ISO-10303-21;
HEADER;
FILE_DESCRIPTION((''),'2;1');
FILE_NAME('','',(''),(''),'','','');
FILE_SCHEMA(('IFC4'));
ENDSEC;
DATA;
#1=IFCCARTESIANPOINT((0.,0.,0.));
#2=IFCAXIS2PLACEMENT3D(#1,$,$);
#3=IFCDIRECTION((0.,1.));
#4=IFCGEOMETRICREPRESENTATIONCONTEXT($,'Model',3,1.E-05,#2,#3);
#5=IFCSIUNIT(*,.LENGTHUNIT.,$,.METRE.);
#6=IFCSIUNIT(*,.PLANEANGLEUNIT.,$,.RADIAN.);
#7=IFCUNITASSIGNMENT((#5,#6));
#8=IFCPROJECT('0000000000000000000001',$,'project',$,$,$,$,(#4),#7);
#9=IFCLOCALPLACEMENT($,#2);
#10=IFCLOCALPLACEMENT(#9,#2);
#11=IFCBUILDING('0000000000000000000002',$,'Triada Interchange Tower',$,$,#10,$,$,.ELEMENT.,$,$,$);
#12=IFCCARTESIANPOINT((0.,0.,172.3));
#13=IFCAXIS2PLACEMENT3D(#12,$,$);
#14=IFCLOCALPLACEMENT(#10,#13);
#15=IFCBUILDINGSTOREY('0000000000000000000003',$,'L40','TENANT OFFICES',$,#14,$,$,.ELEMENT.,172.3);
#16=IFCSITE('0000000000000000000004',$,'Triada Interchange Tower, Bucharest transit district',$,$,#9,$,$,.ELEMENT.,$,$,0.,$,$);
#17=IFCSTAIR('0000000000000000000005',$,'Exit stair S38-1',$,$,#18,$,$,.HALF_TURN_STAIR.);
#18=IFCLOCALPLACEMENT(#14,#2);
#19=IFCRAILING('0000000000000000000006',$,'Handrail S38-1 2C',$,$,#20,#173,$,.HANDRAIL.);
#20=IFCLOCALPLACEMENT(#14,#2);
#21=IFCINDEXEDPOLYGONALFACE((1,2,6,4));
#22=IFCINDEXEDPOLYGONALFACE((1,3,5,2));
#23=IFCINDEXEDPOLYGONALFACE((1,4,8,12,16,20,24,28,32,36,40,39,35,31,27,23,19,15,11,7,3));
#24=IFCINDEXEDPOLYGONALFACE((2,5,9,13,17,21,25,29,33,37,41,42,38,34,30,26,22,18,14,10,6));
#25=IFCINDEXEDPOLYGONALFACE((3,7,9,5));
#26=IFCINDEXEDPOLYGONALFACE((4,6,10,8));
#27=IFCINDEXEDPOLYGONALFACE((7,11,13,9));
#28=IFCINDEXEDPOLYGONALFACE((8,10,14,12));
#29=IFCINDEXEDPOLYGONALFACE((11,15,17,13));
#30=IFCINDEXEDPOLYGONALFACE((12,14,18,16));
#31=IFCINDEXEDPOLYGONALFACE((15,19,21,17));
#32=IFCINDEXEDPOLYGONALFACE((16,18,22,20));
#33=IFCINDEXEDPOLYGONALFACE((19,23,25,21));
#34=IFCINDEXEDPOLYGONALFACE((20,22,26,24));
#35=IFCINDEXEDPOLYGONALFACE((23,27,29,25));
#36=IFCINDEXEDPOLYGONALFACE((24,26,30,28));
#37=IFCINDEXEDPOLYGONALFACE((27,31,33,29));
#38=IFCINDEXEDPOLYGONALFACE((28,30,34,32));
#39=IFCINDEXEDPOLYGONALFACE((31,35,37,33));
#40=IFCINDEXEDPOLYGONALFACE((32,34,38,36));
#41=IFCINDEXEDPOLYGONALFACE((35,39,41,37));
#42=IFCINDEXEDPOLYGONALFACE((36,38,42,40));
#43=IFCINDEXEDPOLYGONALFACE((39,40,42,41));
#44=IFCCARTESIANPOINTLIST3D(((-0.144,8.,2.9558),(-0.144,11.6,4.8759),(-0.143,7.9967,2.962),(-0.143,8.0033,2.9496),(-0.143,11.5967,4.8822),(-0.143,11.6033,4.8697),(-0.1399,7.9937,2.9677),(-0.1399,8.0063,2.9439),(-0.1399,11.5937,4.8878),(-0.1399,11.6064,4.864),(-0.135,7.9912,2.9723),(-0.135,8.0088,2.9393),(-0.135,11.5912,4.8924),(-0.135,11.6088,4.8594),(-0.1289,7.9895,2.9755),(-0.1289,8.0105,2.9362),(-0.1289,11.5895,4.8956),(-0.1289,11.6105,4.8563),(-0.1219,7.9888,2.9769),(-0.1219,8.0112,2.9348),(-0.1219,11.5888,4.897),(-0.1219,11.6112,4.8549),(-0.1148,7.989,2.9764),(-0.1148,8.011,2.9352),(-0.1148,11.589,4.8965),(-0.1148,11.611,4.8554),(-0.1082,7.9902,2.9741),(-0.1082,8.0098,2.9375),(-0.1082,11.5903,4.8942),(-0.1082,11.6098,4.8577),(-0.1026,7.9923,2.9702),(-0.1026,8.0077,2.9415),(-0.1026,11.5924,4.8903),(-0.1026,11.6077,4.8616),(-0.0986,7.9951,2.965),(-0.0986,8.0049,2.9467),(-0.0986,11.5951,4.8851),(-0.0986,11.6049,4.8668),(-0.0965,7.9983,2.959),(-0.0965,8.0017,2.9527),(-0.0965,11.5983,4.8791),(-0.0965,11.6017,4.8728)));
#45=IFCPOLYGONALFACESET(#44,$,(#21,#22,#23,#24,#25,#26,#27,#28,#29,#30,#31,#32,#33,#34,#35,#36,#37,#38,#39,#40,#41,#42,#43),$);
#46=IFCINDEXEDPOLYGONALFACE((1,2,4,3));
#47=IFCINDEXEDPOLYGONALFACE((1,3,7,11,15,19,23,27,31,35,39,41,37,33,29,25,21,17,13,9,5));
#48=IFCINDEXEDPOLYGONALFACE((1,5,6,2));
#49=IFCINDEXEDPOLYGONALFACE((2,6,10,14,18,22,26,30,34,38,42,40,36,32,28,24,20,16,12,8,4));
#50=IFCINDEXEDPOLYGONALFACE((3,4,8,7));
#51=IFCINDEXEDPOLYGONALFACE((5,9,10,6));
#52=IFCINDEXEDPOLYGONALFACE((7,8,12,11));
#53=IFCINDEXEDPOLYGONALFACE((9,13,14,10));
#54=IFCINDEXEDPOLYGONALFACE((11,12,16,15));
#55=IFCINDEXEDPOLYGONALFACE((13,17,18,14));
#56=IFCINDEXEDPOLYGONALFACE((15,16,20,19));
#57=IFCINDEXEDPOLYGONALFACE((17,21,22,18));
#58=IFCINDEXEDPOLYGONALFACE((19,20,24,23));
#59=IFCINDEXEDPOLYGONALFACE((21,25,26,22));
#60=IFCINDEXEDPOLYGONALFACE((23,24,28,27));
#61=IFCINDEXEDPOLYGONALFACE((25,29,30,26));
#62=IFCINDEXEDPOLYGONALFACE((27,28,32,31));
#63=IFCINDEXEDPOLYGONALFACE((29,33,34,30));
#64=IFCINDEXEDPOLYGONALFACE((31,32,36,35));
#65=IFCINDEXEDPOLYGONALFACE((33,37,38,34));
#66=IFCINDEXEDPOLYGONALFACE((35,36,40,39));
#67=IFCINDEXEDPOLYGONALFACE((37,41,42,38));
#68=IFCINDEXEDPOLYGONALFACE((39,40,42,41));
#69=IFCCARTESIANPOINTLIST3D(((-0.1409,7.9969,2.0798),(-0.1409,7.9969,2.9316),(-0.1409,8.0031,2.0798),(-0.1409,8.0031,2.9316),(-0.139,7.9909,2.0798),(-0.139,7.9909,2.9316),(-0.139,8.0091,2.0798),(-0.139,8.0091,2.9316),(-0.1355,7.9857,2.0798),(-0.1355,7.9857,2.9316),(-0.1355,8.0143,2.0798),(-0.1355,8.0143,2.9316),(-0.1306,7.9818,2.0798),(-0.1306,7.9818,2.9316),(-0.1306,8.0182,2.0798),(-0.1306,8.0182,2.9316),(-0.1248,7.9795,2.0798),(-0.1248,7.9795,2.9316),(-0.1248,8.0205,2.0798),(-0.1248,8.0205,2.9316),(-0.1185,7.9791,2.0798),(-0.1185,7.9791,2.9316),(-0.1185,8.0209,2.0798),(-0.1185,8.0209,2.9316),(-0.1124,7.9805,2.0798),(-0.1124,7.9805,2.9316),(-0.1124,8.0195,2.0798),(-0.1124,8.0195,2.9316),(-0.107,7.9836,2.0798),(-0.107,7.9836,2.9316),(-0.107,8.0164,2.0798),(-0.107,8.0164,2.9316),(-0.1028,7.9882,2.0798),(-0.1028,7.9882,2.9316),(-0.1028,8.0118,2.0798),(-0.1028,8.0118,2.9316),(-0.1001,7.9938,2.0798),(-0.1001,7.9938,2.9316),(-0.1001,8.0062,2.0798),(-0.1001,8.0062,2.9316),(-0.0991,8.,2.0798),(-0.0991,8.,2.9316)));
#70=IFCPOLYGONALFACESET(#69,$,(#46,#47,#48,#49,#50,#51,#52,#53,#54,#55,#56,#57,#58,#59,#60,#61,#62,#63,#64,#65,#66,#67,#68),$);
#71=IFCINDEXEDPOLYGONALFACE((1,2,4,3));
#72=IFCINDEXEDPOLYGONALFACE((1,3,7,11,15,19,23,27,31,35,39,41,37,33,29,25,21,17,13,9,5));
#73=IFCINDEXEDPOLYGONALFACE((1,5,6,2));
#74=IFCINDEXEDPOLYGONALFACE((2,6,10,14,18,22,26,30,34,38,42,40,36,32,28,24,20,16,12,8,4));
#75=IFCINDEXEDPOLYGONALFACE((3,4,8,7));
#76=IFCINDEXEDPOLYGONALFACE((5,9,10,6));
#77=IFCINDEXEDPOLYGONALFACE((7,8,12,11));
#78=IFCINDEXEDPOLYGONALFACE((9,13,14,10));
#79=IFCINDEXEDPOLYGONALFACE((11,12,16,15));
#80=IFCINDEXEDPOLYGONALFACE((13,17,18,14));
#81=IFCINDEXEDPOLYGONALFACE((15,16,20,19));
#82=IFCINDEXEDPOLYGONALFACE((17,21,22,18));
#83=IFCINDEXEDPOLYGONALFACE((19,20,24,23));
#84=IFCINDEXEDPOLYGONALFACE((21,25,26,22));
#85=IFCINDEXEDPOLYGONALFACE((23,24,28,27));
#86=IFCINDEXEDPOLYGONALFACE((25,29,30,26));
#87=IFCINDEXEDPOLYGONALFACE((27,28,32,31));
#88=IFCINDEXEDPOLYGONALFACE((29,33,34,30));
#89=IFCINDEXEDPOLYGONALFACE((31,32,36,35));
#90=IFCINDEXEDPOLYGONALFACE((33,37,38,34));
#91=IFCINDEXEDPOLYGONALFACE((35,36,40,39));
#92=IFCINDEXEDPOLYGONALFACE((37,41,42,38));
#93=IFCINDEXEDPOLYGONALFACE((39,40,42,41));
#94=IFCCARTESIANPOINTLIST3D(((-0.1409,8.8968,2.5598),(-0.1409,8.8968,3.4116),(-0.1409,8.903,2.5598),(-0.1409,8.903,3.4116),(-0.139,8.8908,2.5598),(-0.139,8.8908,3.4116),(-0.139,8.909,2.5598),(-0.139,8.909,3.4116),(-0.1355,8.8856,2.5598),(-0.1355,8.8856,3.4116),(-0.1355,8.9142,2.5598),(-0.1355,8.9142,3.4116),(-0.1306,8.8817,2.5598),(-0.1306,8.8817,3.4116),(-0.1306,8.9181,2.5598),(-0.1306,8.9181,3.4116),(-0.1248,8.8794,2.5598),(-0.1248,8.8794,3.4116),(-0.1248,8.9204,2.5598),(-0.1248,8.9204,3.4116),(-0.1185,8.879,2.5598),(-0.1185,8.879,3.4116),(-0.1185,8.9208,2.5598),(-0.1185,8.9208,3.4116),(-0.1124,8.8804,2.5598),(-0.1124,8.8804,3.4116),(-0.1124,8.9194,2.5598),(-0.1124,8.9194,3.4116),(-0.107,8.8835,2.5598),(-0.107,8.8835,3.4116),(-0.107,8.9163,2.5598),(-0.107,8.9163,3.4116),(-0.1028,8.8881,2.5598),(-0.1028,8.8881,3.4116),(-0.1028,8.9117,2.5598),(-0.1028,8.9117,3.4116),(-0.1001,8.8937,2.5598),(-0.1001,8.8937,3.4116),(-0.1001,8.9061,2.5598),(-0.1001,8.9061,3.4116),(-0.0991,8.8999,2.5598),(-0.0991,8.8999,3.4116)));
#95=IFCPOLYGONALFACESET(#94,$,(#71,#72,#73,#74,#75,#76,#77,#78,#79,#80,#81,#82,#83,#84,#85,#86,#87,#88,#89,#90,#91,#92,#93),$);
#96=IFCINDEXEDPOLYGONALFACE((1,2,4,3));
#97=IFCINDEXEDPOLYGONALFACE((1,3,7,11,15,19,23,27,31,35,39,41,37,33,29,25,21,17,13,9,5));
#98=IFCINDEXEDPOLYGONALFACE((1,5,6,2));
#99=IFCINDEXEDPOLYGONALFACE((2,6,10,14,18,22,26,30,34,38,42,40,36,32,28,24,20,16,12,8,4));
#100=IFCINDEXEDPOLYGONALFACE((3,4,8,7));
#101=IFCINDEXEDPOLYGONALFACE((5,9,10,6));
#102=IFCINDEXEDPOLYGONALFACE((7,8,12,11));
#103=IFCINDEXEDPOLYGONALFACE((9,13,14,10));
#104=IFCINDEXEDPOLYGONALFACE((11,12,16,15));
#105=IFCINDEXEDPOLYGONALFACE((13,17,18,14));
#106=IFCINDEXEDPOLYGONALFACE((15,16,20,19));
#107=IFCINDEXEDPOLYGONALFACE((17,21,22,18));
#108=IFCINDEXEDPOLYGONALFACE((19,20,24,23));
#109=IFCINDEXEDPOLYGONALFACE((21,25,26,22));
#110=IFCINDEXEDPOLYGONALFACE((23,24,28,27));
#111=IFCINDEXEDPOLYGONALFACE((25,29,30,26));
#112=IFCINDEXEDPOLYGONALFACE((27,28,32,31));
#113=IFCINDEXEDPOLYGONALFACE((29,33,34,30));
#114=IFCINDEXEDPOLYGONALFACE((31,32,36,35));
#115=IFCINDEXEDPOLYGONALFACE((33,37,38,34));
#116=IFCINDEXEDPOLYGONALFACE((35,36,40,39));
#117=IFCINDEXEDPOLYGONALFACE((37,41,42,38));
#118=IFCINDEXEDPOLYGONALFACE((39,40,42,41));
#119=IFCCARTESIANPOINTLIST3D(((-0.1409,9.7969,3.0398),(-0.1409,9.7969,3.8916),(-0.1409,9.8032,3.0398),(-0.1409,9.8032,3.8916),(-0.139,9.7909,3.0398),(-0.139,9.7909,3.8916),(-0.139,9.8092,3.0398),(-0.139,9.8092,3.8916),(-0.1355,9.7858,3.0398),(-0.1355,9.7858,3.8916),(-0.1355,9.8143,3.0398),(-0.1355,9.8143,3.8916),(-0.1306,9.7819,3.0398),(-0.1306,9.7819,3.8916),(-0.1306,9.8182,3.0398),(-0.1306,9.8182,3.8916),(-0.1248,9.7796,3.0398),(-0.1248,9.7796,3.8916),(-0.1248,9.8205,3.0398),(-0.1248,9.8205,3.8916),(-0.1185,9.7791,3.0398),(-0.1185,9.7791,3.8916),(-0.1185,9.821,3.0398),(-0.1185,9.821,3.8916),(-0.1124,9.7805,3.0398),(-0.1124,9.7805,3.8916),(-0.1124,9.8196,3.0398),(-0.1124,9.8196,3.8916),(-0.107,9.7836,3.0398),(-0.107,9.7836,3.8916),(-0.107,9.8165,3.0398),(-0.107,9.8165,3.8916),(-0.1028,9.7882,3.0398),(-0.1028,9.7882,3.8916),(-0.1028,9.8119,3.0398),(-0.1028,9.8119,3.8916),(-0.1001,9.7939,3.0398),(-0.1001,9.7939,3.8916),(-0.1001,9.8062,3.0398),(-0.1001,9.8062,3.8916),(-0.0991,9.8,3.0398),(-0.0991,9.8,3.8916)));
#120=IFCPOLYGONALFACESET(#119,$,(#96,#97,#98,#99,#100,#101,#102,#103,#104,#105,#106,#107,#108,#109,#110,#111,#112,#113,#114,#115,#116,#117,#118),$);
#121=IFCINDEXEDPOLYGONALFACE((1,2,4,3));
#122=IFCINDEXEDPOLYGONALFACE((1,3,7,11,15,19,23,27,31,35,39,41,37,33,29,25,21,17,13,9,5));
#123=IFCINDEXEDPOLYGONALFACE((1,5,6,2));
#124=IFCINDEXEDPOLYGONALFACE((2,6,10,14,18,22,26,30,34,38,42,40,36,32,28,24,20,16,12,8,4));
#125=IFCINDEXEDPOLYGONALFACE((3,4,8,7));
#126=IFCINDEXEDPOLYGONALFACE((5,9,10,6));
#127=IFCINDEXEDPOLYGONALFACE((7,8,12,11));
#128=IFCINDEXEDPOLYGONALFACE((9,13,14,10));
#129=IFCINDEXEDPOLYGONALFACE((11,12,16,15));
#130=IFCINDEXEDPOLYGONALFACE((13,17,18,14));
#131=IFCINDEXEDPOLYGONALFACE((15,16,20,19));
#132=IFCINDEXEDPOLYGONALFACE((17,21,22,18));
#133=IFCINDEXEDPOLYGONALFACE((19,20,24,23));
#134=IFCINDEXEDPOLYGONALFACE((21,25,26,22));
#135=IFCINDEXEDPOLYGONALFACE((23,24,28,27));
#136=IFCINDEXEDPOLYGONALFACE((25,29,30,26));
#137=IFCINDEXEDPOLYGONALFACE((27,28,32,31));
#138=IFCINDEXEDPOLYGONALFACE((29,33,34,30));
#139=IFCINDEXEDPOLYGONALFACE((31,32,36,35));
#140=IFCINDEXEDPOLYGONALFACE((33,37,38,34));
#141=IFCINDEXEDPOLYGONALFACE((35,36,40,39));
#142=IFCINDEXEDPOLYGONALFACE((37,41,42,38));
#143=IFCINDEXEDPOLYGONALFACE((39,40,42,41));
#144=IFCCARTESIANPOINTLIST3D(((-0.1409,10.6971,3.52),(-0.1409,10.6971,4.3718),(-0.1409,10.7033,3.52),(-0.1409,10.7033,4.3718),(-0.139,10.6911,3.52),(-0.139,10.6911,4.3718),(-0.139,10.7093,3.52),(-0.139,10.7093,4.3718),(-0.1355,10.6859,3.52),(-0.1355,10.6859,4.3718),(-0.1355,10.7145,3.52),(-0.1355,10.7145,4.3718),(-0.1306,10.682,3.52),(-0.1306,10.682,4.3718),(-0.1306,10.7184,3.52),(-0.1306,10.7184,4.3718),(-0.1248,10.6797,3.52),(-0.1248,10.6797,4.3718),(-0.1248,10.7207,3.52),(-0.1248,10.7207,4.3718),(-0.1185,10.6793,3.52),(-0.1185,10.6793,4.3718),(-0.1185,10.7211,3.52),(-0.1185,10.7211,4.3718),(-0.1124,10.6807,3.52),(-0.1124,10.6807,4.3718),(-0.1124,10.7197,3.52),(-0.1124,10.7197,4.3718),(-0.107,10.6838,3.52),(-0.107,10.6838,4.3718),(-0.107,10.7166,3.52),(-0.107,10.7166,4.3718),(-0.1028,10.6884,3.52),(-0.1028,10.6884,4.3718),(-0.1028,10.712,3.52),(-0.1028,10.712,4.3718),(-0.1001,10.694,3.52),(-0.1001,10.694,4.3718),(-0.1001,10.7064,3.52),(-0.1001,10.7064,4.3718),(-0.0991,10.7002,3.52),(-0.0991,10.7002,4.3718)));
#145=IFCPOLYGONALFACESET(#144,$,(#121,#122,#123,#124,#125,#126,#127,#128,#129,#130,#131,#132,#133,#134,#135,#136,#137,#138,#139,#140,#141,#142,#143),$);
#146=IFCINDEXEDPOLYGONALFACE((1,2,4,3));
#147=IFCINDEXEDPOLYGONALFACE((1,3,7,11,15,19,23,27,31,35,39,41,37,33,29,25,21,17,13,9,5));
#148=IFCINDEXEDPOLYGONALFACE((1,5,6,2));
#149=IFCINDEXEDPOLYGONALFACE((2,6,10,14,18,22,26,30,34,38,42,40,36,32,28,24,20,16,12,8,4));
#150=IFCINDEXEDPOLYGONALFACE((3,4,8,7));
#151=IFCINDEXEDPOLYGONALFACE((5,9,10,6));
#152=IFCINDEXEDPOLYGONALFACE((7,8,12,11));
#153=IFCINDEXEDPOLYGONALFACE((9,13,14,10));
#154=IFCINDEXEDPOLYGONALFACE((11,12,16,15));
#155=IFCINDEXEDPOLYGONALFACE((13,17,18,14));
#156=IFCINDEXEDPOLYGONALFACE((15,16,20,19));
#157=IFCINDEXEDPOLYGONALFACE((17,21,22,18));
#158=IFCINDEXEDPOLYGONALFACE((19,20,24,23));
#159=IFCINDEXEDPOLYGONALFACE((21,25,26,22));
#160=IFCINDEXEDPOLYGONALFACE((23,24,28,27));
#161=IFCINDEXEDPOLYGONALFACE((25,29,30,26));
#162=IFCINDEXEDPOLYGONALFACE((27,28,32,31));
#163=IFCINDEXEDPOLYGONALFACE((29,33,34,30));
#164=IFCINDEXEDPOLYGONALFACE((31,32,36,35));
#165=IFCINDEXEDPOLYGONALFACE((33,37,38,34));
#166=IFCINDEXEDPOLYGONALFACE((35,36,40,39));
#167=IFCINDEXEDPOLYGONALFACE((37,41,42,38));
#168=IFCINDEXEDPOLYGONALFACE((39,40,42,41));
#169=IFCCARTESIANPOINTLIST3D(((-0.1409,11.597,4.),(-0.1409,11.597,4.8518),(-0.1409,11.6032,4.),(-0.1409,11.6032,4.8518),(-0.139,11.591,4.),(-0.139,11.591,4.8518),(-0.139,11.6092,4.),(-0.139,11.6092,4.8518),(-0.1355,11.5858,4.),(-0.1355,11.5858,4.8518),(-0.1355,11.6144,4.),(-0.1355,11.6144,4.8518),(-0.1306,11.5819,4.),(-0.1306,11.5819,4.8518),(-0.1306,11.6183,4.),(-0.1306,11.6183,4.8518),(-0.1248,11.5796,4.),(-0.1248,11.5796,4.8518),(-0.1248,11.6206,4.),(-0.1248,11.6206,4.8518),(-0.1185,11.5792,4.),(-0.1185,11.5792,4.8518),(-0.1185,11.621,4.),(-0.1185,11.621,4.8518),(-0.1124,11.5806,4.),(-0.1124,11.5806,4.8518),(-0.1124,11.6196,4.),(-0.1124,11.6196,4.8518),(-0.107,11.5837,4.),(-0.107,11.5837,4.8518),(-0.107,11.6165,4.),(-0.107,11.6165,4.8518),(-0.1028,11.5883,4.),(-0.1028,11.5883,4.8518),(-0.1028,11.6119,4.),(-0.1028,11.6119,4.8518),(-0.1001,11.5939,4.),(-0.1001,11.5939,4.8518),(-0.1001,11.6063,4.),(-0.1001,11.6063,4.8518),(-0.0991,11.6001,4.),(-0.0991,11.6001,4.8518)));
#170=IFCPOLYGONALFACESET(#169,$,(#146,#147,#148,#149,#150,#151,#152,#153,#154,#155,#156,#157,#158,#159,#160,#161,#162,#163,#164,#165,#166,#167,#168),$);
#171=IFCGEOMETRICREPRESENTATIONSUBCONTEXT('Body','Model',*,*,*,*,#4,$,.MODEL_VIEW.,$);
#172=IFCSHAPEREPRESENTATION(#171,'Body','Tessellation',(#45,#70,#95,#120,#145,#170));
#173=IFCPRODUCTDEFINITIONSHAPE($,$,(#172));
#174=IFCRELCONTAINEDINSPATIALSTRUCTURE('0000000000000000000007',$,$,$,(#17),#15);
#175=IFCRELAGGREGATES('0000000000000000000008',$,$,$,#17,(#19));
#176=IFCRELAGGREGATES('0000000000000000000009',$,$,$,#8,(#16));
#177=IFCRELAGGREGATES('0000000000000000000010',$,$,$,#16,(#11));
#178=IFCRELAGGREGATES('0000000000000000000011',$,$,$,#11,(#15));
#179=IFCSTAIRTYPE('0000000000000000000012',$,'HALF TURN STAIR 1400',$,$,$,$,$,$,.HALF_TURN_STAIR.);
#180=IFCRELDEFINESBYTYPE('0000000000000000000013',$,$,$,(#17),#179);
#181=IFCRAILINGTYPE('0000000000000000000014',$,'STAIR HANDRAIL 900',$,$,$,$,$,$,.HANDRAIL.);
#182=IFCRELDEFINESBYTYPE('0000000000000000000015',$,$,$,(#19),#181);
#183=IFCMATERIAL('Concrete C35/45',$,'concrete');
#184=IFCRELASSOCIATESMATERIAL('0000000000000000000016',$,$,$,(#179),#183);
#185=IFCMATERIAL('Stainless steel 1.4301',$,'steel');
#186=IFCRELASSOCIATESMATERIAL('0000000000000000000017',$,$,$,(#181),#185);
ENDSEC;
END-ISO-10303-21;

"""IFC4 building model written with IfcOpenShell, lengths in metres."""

from ifc_helpers import new_model, si_unit, direction, frame, origin, origin_2d, place, context, subcontext, project, spatial, circle, extrude, material, type_object, element, aggregate, save


model = new_model("IFC4")

# Units and contexts
model_context = context("Model", 3, precision=1e-05, world=origin(), true_north=direction((0.0, 1.0)))
body_context = subcontext(model_context, "Body", "Model", "MODEL_VIEW")
ifc_project = project(units=[si_unit("LENGTHUNIT", "METRE"), si_unit("PLANEANGLEUNIT", "RADIAN")], contexts=[model_context])

# Site, building, storey
site_placement = place(None, origin())
site = spatial("IfcSite", under=ifc_project, at=site_placement, Name="Triada Interchange Tower, Bucharest transit district", CompositionType="ELEMENT", RefElevation=0.0)
building_placement = place(site_placement, origin())
building = spatial("IfcBuilding", under=site, at=building_placement, Name="Triada Interchange Tower", CompositionType="ELEMENT")
storey_placement = place(building_placement, frame((0.0, 0.0, 172.3)))
storey = spatial("IfcBuildingStorey", under=building, at=storey_placement, Name="L40", Description="TENANT OFFICES", CompositionType="ELEMENT", Elevation=172.3)

# Stair, railing
ifc_material_1 = material(Name="Concrete C35/45", Category="concrete")
stair_type = type_object("IfcStairType", Name="HALF TURN STAIR 1400", PredefinedType="HALF_TURN_STAIR", material=ifc_material_1)
stair_placement = place(storey_placement, origin())
stair = element("IfcStair", 1, at=stair_placement, inside=storey, type_object=stair_type, Name="Exit stair S38-1", PredefinedType="HALF_TURN_STAIR")
ifc_material_2 = material(Name="Stainless steel 1.4301", Category="steel")
railing_type = type_object("IfcRailingType", Name="STAIR HANDRAIL 900", PredefinedType="HANDRAIL", material=ifc_material_2)
railing_1_placement = place(storey_placement, frame((-0.1201, 8.0, 2.0798)))
railing_1 = element("IfcRailing", 2, at=railing_1_placement, type_object=railing_type, Name="Handrail S38-1 2C", PredefinedType="HANDRAIL", context=body_context, shape_type="SweptSolid", body=[
    extrude(circle(Radius=0.0239, at=origin_2d()), frame((0.0, 0.0, 0.876), z_axis=(0.0, 0.882341, 0.47061), x_axis=(-1.0, 0.0, 0.0)), (0.0, 0.0, 1.0), 4.0801),
    extrude(circle(Radius=0.021, at=origin_2d()), origin(), (0.0, 0.0, 1.0), 0.8518),
    extrude(circle(Radius=0.021, at=origin_2d()), frame((0.0, 0.8999, 0.48)), (0.0, 0.0, 1.0), 0.8518),
    extrude(circle(Radius=0.021, at=origin_2d()), frame((0.0, 1.8, 0.96)), (0.0, 0.0, 1.0), 0.8518),
    extrude(circle(Radius=0.021, at=origin_2d()), frame((0.0, 2.7002, 1.4402)), (0.0, 0.0, 1.0), 0.8518),
    extrude(circle(Radius=0.021, at=origin_2d()), frame((0.0, 3.6001, 1.9202)), (0.0, 0.0, 1.0), 0.8518),
])
aggregate(stair, [railing_1])

save(model, "model.ifc")
